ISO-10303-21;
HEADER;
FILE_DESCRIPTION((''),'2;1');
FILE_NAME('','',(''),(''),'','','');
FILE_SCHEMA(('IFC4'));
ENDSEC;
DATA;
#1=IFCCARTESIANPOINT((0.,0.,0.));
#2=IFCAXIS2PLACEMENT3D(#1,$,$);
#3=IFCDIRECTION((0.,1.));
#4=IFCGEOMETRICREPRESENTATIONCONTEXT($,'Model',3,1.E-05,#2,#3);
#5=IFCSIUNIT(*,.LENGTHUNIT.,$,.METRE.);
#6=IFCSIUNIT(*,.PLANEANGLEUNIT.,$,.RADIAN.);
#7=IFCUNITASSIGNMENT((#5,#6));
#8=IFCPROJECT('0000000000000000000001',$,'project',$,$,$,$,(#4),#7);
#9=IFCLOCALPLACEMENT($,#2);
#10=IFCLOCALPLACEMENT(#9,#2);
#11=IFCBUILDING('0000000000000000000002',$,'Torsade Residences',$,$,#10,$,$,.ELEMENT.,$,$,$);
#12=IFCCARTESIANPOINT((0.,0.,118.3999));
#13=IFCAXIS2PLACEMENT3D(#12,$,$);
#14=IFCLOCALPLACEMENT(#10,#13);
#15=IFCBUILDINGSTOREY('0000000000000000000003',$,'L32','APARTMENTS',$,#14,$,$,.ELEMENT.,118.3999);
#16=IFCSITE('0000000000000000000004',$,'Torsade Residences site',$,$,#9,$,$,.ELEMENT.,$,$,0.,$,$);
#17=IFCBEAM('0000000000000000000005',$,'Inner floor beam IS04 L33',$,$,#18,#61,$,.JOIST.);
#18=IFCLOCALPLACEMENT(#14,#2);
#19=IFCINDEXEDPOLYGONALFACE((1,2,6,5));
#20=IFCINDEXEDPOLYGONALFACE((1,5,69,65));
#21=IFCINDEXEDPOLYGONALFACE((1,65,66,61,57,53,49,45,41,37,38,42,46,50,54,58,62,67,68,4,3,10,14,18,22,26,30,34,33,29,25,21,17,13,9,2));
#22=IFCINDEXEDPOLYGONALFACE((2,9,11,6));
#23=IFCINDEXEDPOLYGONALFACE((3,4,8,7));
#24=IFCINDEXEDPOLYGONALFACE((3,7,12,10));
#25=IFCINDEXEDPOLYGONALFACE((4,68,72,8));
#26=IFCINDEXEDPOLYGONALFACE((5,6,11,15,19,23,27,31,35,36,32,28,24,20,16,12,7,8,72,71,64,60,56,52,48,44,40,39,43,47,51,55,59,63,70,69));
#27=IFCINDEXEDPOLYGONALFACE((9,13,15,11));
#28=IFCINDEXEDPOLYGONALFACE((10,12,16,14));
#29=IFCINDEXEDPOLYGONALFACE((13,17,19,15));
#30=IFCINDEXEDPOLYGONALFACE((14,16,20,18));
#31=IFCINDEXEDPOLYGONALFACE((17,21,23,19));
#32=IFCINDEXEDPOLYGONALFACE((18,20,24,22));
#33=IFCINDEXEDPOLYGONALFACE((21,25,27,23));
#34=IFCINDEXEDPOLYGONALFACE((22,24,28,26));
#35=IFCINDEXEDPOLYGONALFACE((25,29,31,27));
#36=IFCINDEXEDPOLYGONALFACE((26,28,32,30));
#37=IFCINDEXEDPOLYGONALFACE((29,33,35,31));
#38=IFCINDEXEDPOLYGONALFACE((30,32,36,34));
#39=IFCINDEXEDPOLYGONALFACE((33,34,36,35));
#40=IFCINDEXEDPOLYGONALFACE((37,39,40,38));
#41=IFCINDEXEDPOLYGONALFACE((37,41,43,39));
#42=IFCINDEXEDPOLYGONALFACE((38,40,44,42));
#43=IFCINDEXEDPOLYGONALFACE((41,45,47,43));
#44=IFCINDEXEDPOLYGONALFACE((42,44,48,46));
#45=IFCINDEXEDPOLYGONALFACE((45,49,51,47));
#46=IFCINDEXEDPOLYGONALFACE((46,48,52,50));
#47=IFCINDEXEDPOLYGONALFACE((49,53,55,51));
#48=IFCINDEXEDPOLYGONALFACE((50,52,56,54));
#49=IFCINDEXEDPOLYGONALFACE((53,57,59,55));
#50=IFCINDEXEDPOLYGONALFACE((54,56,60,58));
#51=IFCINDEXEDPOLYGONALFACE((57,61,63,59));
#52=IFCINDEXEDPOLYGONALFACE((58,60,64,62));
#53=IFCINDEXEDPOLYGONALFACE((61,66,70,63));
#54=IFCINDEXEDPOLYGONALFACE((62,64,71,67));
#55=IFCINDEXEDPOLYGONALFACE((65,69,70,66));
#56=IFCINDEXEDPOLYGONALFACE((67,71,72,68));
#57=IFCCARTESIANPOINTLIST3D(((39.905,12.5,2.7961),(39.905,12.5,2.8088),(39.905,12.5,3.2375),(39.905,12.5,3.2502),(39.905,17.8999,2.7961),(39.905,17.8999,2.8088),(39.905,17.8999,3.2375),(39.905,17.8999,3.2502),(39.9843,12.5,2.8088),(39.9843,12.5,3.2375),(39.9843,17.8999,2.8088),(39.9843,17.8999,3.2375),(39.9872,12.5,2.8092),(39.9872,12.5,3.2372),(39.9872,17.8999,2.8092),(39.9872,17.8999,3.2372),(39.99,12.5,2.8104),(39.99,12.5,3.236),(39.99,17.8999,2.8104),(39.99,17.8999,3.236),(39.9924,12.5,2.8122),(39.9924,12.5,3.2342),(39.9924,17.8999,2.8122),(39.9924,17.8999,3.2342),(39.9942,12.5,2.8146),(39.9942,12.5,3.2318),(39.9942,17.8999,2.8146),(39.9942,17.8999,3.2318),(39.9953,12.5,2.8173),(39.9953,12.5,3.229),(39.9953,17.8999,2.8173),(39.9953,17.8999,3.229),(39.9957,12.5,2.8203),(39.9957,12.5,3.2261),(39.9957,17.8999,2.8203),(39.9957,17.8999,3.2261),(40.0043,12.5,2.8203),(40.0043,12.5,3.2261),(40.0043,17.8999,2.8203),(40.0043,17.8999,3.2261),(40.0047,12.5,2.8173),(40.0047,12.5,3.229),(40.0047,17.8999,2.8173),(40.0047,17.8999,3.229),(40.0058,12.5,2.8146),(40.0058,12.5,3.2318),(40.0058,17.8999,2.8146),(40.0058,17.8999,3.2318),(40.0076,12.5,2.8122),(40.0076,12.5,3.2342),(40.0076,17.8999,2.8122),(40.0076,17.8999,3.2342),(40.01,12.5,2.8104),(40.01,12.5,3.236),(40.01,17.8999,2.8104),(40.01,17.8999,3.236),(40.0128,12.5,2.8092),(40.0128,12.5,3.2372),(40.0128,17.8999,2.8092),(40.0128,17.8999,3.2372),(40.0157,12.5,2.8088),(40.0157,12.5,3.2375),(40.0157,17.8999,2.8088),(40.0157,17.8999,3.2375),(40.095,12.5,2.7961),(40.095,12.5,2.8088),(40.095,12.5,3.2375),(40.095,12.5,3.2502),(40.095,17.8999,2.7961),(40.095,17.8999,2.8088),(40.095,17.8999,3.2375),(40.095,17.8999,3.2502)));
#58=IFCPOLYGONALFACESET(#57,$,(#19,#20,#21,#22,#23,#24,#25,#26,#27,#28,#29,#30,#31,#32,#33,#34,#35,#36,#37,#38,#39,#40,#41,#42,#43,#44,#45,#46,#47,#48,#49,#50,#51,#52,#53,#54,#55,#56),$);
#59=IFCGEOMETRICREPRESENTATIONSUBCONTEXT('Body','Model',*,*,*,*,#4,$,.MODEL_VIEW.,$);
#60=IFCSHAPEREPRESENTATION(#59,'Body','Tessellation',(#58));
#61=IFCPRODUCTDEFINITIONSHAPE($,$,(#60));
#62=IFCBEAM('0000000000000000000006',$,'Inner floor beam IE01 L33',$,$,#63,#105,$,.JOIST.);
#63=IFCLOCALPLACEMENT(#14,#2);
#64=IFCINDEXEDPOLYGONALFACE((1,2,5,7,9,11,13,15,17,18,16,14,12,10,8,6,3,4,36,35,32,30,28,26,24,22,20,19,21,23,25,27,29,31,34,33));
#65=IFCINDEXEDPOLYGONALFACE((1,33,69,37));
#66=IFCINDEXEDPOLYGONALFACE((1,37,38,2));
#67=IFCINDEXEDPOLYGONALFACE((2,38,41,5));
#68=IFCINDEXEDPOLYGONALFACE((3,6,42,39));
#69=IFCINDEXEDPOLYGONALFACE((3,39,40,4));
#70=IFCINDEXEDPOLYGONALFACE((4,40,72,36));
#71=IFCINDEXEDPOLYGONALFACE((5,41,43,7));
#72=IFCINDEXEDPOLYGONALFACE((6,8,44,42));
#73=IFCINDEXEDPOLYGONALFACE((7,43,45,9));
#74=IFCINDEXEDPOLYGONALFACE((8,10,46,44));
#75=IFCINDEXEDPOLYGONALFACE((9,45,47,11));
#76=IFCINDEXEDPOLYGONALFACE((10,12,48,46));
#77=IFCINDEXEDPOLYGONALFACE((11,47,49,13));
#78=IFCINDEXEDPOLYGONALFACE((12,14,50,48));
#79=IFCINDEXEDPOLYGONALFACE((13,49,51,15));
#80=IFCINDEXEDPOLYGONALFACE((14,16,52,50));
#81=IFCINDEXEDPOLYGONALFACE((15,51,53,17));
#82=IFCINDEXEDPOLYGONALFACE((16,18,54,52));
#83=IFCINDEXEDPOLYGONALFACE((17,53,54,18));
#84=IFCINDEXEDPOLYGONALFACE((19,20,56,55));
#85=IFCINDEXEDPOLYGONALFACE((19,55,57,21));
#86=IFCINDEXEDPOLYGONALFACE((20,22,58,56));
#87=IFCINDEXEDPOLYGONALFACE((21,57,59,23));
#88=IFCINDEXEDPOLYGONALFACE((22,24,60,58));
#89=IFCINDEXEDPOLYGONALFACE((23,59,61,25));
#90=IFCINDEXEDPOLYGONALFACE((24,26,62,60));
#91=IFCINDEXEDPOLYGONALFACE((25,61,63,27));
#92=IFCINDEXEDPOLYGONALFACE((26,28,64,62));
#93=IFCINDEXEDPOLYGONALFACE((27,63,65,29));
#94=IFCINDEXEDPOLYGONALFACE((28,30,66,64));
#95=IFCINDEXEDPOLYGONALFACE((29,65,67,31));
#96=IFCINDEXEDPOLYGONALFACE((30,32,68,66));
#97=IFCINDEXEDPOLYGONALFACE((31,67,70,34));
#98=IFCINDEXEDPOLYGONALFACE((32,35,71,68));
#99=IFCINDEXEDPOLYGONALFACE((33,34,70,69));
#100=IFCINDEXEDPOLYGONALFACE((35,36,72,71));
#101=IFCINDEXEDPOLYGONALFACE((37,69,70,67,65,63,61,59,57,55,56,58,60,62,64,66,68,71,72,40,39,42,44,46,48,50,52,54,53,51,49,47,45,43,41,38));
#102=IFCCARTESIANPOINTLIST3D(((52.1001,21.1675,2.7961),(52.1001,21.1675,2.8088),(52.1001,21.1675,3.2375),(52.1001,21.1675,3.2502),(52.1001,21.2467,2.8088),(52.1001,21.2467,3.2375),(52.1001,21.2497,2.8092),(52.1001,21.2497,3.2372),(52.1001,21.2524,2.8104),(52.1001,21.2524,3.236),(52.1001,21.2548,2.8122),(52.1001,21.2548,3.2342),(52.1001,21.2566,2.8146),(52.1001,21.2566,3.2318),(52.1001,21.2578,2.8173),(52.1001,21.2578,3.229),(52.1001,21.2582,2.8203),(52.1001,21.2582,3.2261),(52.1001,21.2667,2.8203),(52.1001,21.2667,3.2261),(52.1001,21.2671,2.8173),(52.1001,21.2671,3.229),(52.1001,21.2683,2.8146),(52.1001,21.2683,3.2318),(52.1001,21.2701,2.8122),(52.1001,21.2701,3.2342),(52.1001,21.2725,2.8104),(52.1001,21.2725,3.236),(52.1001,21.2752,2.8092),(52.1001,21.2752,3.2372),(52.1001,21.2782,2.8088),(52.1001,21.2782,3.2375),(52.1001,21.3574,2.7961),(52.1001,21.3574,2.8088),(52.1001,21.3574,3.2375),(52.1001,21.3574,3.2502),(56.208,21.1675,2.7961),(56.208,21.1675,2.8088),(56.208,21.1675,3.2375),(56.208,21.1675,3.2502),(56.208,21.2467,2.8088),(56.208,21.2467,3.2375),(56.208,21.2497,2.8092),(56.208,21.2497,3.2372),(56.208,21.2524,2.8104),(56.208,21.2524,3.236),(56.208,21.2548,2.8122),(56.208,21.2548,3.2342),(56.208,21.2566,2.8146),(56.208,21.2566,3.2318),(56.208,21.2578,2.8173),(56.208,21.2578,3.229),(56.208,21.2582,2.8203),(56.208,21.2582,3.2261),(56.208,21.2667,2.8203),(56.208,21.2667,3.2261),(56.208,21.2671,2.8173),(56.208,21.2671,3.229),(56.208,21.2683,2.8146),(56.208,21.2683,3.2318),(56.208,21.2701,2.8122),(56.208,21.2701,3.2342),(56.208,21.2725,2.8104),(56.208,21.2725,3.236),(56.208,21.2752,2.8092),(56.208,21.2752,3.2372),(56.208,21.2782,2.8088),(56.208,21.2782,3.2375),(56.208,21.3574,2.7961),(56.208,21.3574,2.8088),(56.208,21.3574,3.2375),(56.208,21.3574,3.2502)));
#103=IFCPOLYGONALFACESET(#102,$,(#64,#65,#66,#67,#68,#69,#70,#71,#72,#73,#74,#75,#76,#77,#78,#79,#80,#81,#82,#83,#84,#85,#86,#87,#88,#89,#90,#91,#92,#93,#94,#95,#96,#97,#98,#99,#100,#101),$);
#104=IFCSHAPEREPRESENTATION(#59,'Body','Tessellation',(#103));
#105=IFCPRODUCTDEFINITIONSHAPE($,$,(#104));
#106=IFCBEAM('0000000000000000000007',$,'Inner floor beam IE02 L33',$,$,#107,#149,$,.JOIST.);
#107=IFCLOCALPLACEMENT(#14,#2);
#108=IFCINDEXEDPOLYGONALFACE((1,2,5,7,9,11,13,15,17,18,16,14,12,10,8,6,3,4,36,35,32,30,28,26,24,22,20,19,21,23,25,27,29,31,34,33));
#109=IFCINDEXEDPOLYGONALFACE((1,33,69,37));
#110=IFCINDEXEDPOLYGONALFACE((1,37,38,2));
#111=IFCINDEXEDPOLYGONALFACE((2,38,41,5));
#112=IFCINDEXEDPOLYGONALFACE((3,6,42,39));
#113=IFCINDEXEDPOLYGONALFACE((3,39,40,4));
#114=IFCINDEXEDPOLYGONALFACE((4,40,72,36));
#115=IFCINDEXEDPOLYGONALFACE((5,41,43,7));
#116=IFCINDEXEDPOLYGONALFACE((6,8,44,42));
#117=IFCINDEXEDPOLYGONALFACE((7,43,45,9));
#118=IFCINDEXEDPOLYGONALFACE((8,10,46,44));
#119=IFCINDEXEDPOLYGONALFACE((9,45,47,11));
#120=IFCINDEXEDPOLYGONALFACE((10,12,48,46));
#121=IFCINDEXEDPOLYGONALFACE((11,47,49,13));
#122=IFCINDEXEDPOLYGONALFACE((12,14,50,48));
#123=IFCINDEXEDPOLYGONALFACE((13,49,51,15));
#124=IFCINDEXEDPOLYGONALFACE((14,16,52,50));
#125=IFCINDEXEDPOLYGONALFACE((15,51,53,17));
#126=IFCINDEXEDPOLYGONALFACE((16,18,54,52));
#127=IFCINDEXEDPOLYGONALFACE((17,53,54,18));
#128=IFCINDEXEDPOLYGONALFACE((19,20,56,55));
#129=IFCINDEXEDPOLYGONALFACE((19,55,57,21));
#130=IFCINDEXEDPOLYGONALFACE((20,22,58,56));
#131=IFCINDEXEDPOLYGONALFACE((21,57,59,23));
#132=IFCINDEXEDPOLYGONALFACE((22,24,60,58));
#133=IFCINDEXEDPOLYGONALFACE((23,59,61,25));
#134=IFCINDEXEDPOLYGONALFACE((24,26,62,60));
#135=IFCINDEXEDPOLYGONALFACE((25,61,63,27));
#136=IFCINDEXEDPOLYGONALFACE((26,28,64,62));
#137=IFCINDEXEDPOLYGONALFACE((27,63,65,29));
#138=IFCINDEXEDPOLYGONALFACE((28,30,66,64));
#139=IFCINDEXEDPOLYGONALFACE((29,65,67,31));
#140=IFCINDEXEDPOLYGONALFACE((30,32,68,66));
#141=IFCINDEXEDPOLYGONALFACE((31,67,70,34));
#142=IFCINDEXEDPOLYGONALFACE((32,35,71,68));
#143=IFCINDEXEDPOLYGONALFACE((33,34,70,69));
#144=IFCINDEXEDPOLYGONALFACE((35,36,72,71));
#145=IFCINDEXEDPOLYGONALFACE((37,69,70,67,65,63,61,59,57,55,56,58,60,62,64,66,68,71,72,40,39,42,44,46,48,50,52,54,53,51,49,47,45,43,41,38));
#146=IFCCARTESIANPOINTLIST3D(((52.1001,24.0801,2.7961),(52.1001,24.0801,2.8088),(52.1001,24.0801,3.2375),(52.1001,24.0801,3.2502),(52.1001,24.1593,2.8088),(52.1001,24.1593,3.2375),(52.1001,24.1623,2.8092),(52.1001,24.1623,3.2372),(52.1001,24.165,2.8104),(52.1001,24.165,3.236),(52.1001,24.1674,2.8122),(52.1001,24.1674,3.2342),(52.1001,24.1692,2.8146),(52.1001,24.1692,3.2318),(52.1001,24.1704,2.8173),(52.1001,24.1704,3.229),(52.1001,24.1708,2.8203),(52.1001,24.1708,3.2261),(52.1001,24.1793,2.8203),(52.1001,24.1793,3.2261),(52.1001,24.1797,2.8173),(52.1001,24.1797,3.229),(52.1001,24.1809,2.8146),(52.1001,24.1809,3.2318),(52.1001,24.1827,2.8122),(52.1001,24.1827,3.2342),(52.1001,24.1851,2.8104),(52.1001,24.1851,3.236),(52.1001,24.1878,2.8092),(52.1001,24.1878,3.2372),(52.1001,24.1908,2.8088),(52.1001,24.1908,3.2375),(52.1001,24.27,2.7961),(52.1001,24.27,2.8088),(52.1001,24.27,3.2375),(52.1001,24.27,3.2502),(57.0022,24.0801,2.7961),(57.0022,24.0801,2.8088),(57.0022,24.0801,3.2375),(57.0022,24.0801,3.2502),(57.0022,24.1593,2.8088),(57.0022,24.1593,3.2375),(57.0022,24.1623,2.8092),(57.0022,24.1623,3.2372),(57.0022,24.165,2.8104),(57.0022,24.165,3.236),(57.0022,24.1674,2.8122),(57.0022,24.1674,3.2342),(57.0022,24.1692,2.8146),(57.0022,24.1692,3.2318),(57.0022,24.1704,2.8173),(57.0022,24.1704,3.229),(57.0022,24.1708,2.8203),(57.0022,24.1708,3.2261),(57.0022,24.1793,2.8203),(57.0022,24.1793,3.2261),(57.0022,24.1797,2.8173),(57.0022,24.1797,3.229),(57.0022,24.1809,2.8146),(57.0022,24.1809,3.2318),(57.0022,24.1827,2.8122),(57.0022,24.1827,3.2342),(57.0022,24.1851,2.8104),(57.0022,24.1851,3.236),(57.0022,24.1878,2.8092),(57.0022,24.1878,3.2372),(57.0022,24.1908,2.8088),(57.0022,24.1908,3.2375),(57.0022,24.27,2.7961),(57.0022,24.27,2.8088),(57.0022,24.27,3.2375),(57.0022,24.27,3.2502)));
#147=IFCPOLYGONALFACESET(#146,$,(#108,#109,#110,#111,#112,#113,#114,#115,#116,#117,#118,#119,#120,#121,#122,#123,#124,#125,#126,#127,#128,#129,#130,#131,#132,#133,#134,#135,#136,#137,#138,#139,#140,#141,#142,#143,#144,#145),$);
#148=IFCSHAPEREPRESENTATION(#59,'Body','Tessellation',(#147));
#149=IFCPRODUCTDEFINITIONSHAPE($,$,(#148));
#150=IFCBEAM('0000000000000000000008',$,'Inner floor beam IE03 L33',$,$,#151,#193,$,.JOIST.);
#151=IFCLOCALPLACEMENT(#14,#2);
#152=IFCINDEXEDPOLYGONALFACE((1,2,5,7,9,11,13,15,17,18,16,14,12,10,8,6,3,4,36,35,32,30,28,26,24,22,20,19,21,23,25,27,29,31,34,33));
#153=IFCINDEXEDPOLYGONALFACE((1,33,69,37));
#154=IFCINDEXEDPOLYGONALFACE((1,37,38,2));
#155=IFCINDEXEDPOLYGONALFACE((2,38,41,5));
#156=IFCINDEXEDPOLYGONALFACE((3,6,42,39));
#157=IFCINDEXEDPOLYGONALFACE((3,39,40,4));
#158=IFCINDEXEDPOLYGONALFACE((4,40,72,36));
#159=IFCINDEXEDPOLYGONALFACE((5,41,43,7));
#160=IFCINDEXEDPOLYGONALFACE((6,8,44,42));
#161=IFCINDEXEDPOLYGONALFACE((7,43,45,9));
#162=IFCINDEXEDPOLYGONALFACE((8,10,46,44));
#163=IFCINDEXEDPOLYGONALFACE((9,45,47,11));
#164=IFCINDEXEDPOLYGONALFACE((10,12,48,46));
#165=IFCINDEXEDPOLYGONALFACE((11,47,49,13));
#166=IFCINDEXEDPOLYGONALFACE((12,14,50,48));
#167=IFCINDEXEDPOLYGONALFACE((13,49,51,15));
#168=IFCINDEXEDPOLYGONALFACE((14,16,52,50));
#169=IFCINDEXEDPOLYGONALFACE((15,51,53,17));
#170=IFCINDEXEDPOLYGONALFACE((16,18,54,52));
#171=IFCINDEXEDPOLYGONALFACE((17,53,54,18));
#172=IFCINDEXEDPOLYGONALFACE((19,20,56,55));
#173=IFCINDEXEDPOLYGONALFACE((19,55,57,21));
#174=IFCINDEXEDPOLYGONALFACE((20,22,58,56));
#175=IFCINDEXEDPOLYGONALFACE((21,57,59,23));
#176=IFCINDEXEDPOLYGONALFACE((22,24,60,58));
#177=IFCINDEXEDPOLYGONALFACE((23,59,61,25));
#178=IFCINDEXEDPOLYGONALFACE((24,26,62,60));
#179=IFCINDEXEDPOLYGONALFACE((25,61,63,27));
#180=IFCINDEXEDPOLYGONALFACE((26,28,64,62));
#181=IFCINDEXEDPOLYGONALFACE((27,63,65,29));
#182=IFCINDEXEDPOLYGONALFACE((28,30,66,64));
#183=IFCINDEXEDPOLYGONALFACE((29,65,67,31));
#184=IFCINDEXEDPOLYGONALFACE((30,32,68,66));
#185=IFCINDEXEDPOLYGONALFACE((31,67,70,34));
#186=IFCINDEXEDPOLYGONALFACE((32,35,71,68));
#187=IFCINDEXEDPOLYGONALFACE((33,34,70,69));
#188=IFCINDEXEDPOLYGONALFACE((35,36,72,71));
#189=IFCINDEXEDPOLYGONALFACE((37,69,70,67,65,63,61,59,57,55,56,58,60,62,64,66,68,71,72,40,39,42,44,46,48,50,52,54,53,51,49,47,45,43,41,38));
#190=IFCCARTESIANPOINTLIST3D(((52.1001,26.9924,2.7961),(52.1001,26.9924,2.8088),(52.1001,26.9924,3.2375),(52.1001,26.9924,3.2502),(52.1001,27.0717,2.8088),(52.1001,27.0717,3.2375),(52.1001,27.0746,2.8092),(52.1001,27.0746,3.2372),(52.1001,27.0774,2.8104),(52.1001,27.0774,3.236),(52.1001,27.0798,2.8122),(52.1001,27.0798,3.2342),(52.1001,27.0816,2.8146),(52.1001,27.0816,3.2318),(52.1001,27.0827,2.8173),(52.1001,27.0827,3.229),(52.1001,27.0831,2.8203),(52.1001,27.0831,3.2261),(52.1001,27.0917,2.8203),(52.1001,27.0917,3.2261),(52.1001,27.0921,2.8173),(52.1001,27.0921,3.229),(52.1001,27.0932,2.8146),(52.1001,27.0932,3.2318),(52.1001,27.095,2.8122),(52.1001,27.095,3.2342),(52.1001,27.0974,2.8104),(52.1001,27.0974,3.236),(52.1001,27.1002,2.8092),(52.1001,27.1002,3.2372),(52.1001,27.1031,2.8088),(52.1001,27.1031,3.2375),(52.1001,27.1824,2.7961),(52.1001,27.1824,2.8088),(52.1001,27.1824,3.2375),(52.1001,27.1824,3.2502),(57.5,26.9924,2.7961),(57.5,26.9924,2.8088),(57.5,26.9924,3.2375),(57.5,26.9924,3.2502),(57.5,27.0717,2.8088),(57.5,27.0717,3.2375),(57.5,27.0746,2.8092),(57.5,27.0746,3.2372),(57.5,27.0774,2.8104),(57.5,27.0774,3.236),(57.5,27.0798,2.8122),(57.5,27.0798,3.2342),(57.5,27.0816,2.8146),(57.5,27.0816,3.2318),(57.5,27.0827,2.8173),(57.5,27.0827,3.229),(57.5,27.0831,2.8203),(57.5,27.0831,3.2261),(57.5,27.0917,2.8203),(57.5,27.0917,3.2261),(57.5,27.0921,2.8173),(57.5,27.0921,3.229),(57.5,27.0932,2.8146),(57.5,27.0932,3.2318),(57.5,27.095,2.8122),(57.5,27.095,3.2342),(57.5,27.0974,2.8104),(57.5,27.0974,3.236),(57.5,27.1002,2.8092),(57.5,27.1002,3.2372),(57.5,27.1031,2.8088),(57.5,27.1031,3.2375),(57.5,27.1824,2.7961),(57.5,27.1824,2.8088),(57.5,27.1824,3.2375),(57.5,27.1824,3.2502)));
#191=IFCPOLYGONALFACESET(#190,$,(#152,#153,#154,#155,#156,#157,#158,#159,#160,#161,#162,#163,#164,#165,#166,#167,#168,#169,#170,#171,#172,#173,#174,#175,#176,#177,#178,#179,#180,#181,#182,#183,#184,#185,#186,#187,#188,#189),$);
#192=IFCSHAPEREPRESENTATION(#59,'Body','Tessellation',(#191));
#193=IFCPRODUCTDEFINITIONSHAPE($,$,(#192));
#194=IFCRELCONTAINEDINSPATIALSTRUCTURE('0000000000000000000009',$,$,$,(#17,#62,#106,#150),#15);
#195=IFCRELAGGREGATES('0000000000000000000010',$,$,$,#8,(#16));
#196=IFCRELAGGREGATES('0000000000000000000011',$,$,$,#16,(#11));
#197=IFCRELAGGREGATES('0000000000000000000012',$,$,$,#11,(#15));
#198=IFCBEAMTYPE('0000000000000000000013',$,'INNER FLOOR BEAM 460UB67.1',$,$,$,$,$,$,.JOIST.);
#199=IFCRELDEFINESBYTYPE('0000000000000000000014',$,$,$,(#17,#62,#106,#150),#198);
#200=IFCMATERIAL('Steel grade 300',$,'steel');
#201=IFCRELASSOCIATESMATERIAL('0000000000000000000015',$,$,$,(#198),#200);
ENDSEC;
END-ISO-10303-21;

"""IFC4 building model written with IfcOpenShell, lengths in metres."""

from ifc_helpers import new_model, si_unit, direction, frame, origin, origin_2d, place, context, subcontext, project, spatial, i_section, extrude, material, material_profile, profile_set, type_object, element, save


model = new_model("IFC4")

# Units and contexts
model_context = context("Model", 3, precision=1e-05, world=origin(), true_north=direction((0.0, 1.0)))
body_context = subcontext(model_context, "Body", "Model", "MODEL_VIEW")
ifc_project = project(units=[si_unit("LENGTHUNIT", "METRE"), si_unit("PLANEANGLEUNIT", "RADIAN")], contexts=[model_context])

# Site, building, storey
site_placement = place(None, origin())
site = spatial("IfcSite", under=ifc_project, at=site_placement, Name="Torsade Residences site", CompositionType="ELEMENT", RefElevation=0.0)
building_placement = place(site_placement, origin())
building = spatial("IfcBuilding", under=site, at=building_placement, Name="Torsade Residences", CompositionType="ELEMENT")
storey_placement = place(building_placement, frame((0.0, 0.0, 118.3999)))
storey = spatial("IfcBuildingStorey", under=building, at=storey_placement, Name="L32", Description="APARTMENTS", CompositionType="ELEMENT", Elevation=118.3999)

# Beams
ifc_material_1 = material(Name="Steel grade 300", Category="steel")
ifc_material_profile_1 = material_profile(ifc_material_1, i_section(OverallWidth=0.1899, OverallDepth=0.4541, WebThickness=0.0085, FlangeThickness=0.0127, FilletRadius=0.0115, at=origin_2d()), Name="460UB67.1")
ifc_profile_set_1 = profile_set([ifc_material_profile_1], Name="Steel grade 300")
beam_type_1 = type_object("IfcBeamType", Name="INNER FLOOR BEAM 460UB67.1", PredefinedType="JOIST", material=ifc_profile_set_1)
for number, where, z_axis, x_axis, name in (
    (1, (40.0, 17.8999, 3.0232), (0.0, -1.0, 0.0), (1.0, 0.0, 0.0), "Inner floor beam IS04 L33"),
):
    element("IfcBeam", number, at=place(storey_placement, frame(where, z_axis=z_axis, x_axis=x_axis)), inside=storey, type_object=beam_type_1, Name=name, PredefinedType="JOIST", context=body_context, shape_type="SweptSolid", body=[
        extrude(i_section(OverallWidth=0.1899, OverallDepth=0.4541, WebThickness=0.0085, FlangeThickness=0.0127, FilletRadius=0.0115, at=origin_2d()), origin(), (0.0, 0.0, 1.0), 5.3999),
    ])
beam_1_placement = place(storey_placement, frame((52.1001, 21.2625, 3.0232), z_axis=(1.0, 0.0, 0.0), x_axis=(0.0, 1.0, 0.0)))
element("IfcBeam", 2, at=beam_1_placement, inside=storey, type_object=beam_type_1, Name="Inner floor beam IE01 L33", PredefinedType="JOIST", context=body_context, shape_type="SweptSolid", body=[
    extrude(i_section(OverallWidth=0.1899, OverallDepth=0.4541, WebThickness=0.0085, FlangeThickness=0.0127, FilletRadius=0.0115, at=origin_2d()), origin(), (0.0, 0.0, 1.0), 4.1079),
])
beam_2_placement = place(storey_placement, frame((52.1001, 24.175, 3.0232), z_axis=(1.0, 0.0, 0.0), x_axis=(0.0, 1.0, 0.0)))
element("IfcBeam", 3, at=beam_2_placement, inside=storey, type_object=beam_type_1, Name="Inner floor beam IE02 L33", PredefinedType="JOIST", context=body_context, shape_type="SweptSolid", body=[
    extrude(i_section(OverallWidth=0.1899, OverallDepth=0.4541, WebThickness=0.0085, FlangeThickness=0.0127, FilletRadius=0.0115, at=origin_2d()), origin(), (0.0, 0.0, 1.0), 4.9021),
])
beam_3_placement = place(storey_placement, frame((52.1001, 27.0874, 3.0232), z_axis=(1.0, 0.0, 0.0), x_axis=(0.0, 1.0, 0.0)))
element("IfcBeam", 4, at=beam_3_placement, inside=storey, type_object=beam_type_1, Name="Inner floor beam IE03 L33", PredefinedType="JOIST", context=body_context, shape_type="SweptSolid", body=[
    extrude(i_section(OverallWidth=0.1899, OverallDepth=0.4541, WebThickness=0.0085, FlangeThickness=0.0127, FilletRadius=0.0115, at=origin_2d()), origin(), (0.0, 0.0, 1.0), 5.3999),
])

save(model, "model.ifc")
